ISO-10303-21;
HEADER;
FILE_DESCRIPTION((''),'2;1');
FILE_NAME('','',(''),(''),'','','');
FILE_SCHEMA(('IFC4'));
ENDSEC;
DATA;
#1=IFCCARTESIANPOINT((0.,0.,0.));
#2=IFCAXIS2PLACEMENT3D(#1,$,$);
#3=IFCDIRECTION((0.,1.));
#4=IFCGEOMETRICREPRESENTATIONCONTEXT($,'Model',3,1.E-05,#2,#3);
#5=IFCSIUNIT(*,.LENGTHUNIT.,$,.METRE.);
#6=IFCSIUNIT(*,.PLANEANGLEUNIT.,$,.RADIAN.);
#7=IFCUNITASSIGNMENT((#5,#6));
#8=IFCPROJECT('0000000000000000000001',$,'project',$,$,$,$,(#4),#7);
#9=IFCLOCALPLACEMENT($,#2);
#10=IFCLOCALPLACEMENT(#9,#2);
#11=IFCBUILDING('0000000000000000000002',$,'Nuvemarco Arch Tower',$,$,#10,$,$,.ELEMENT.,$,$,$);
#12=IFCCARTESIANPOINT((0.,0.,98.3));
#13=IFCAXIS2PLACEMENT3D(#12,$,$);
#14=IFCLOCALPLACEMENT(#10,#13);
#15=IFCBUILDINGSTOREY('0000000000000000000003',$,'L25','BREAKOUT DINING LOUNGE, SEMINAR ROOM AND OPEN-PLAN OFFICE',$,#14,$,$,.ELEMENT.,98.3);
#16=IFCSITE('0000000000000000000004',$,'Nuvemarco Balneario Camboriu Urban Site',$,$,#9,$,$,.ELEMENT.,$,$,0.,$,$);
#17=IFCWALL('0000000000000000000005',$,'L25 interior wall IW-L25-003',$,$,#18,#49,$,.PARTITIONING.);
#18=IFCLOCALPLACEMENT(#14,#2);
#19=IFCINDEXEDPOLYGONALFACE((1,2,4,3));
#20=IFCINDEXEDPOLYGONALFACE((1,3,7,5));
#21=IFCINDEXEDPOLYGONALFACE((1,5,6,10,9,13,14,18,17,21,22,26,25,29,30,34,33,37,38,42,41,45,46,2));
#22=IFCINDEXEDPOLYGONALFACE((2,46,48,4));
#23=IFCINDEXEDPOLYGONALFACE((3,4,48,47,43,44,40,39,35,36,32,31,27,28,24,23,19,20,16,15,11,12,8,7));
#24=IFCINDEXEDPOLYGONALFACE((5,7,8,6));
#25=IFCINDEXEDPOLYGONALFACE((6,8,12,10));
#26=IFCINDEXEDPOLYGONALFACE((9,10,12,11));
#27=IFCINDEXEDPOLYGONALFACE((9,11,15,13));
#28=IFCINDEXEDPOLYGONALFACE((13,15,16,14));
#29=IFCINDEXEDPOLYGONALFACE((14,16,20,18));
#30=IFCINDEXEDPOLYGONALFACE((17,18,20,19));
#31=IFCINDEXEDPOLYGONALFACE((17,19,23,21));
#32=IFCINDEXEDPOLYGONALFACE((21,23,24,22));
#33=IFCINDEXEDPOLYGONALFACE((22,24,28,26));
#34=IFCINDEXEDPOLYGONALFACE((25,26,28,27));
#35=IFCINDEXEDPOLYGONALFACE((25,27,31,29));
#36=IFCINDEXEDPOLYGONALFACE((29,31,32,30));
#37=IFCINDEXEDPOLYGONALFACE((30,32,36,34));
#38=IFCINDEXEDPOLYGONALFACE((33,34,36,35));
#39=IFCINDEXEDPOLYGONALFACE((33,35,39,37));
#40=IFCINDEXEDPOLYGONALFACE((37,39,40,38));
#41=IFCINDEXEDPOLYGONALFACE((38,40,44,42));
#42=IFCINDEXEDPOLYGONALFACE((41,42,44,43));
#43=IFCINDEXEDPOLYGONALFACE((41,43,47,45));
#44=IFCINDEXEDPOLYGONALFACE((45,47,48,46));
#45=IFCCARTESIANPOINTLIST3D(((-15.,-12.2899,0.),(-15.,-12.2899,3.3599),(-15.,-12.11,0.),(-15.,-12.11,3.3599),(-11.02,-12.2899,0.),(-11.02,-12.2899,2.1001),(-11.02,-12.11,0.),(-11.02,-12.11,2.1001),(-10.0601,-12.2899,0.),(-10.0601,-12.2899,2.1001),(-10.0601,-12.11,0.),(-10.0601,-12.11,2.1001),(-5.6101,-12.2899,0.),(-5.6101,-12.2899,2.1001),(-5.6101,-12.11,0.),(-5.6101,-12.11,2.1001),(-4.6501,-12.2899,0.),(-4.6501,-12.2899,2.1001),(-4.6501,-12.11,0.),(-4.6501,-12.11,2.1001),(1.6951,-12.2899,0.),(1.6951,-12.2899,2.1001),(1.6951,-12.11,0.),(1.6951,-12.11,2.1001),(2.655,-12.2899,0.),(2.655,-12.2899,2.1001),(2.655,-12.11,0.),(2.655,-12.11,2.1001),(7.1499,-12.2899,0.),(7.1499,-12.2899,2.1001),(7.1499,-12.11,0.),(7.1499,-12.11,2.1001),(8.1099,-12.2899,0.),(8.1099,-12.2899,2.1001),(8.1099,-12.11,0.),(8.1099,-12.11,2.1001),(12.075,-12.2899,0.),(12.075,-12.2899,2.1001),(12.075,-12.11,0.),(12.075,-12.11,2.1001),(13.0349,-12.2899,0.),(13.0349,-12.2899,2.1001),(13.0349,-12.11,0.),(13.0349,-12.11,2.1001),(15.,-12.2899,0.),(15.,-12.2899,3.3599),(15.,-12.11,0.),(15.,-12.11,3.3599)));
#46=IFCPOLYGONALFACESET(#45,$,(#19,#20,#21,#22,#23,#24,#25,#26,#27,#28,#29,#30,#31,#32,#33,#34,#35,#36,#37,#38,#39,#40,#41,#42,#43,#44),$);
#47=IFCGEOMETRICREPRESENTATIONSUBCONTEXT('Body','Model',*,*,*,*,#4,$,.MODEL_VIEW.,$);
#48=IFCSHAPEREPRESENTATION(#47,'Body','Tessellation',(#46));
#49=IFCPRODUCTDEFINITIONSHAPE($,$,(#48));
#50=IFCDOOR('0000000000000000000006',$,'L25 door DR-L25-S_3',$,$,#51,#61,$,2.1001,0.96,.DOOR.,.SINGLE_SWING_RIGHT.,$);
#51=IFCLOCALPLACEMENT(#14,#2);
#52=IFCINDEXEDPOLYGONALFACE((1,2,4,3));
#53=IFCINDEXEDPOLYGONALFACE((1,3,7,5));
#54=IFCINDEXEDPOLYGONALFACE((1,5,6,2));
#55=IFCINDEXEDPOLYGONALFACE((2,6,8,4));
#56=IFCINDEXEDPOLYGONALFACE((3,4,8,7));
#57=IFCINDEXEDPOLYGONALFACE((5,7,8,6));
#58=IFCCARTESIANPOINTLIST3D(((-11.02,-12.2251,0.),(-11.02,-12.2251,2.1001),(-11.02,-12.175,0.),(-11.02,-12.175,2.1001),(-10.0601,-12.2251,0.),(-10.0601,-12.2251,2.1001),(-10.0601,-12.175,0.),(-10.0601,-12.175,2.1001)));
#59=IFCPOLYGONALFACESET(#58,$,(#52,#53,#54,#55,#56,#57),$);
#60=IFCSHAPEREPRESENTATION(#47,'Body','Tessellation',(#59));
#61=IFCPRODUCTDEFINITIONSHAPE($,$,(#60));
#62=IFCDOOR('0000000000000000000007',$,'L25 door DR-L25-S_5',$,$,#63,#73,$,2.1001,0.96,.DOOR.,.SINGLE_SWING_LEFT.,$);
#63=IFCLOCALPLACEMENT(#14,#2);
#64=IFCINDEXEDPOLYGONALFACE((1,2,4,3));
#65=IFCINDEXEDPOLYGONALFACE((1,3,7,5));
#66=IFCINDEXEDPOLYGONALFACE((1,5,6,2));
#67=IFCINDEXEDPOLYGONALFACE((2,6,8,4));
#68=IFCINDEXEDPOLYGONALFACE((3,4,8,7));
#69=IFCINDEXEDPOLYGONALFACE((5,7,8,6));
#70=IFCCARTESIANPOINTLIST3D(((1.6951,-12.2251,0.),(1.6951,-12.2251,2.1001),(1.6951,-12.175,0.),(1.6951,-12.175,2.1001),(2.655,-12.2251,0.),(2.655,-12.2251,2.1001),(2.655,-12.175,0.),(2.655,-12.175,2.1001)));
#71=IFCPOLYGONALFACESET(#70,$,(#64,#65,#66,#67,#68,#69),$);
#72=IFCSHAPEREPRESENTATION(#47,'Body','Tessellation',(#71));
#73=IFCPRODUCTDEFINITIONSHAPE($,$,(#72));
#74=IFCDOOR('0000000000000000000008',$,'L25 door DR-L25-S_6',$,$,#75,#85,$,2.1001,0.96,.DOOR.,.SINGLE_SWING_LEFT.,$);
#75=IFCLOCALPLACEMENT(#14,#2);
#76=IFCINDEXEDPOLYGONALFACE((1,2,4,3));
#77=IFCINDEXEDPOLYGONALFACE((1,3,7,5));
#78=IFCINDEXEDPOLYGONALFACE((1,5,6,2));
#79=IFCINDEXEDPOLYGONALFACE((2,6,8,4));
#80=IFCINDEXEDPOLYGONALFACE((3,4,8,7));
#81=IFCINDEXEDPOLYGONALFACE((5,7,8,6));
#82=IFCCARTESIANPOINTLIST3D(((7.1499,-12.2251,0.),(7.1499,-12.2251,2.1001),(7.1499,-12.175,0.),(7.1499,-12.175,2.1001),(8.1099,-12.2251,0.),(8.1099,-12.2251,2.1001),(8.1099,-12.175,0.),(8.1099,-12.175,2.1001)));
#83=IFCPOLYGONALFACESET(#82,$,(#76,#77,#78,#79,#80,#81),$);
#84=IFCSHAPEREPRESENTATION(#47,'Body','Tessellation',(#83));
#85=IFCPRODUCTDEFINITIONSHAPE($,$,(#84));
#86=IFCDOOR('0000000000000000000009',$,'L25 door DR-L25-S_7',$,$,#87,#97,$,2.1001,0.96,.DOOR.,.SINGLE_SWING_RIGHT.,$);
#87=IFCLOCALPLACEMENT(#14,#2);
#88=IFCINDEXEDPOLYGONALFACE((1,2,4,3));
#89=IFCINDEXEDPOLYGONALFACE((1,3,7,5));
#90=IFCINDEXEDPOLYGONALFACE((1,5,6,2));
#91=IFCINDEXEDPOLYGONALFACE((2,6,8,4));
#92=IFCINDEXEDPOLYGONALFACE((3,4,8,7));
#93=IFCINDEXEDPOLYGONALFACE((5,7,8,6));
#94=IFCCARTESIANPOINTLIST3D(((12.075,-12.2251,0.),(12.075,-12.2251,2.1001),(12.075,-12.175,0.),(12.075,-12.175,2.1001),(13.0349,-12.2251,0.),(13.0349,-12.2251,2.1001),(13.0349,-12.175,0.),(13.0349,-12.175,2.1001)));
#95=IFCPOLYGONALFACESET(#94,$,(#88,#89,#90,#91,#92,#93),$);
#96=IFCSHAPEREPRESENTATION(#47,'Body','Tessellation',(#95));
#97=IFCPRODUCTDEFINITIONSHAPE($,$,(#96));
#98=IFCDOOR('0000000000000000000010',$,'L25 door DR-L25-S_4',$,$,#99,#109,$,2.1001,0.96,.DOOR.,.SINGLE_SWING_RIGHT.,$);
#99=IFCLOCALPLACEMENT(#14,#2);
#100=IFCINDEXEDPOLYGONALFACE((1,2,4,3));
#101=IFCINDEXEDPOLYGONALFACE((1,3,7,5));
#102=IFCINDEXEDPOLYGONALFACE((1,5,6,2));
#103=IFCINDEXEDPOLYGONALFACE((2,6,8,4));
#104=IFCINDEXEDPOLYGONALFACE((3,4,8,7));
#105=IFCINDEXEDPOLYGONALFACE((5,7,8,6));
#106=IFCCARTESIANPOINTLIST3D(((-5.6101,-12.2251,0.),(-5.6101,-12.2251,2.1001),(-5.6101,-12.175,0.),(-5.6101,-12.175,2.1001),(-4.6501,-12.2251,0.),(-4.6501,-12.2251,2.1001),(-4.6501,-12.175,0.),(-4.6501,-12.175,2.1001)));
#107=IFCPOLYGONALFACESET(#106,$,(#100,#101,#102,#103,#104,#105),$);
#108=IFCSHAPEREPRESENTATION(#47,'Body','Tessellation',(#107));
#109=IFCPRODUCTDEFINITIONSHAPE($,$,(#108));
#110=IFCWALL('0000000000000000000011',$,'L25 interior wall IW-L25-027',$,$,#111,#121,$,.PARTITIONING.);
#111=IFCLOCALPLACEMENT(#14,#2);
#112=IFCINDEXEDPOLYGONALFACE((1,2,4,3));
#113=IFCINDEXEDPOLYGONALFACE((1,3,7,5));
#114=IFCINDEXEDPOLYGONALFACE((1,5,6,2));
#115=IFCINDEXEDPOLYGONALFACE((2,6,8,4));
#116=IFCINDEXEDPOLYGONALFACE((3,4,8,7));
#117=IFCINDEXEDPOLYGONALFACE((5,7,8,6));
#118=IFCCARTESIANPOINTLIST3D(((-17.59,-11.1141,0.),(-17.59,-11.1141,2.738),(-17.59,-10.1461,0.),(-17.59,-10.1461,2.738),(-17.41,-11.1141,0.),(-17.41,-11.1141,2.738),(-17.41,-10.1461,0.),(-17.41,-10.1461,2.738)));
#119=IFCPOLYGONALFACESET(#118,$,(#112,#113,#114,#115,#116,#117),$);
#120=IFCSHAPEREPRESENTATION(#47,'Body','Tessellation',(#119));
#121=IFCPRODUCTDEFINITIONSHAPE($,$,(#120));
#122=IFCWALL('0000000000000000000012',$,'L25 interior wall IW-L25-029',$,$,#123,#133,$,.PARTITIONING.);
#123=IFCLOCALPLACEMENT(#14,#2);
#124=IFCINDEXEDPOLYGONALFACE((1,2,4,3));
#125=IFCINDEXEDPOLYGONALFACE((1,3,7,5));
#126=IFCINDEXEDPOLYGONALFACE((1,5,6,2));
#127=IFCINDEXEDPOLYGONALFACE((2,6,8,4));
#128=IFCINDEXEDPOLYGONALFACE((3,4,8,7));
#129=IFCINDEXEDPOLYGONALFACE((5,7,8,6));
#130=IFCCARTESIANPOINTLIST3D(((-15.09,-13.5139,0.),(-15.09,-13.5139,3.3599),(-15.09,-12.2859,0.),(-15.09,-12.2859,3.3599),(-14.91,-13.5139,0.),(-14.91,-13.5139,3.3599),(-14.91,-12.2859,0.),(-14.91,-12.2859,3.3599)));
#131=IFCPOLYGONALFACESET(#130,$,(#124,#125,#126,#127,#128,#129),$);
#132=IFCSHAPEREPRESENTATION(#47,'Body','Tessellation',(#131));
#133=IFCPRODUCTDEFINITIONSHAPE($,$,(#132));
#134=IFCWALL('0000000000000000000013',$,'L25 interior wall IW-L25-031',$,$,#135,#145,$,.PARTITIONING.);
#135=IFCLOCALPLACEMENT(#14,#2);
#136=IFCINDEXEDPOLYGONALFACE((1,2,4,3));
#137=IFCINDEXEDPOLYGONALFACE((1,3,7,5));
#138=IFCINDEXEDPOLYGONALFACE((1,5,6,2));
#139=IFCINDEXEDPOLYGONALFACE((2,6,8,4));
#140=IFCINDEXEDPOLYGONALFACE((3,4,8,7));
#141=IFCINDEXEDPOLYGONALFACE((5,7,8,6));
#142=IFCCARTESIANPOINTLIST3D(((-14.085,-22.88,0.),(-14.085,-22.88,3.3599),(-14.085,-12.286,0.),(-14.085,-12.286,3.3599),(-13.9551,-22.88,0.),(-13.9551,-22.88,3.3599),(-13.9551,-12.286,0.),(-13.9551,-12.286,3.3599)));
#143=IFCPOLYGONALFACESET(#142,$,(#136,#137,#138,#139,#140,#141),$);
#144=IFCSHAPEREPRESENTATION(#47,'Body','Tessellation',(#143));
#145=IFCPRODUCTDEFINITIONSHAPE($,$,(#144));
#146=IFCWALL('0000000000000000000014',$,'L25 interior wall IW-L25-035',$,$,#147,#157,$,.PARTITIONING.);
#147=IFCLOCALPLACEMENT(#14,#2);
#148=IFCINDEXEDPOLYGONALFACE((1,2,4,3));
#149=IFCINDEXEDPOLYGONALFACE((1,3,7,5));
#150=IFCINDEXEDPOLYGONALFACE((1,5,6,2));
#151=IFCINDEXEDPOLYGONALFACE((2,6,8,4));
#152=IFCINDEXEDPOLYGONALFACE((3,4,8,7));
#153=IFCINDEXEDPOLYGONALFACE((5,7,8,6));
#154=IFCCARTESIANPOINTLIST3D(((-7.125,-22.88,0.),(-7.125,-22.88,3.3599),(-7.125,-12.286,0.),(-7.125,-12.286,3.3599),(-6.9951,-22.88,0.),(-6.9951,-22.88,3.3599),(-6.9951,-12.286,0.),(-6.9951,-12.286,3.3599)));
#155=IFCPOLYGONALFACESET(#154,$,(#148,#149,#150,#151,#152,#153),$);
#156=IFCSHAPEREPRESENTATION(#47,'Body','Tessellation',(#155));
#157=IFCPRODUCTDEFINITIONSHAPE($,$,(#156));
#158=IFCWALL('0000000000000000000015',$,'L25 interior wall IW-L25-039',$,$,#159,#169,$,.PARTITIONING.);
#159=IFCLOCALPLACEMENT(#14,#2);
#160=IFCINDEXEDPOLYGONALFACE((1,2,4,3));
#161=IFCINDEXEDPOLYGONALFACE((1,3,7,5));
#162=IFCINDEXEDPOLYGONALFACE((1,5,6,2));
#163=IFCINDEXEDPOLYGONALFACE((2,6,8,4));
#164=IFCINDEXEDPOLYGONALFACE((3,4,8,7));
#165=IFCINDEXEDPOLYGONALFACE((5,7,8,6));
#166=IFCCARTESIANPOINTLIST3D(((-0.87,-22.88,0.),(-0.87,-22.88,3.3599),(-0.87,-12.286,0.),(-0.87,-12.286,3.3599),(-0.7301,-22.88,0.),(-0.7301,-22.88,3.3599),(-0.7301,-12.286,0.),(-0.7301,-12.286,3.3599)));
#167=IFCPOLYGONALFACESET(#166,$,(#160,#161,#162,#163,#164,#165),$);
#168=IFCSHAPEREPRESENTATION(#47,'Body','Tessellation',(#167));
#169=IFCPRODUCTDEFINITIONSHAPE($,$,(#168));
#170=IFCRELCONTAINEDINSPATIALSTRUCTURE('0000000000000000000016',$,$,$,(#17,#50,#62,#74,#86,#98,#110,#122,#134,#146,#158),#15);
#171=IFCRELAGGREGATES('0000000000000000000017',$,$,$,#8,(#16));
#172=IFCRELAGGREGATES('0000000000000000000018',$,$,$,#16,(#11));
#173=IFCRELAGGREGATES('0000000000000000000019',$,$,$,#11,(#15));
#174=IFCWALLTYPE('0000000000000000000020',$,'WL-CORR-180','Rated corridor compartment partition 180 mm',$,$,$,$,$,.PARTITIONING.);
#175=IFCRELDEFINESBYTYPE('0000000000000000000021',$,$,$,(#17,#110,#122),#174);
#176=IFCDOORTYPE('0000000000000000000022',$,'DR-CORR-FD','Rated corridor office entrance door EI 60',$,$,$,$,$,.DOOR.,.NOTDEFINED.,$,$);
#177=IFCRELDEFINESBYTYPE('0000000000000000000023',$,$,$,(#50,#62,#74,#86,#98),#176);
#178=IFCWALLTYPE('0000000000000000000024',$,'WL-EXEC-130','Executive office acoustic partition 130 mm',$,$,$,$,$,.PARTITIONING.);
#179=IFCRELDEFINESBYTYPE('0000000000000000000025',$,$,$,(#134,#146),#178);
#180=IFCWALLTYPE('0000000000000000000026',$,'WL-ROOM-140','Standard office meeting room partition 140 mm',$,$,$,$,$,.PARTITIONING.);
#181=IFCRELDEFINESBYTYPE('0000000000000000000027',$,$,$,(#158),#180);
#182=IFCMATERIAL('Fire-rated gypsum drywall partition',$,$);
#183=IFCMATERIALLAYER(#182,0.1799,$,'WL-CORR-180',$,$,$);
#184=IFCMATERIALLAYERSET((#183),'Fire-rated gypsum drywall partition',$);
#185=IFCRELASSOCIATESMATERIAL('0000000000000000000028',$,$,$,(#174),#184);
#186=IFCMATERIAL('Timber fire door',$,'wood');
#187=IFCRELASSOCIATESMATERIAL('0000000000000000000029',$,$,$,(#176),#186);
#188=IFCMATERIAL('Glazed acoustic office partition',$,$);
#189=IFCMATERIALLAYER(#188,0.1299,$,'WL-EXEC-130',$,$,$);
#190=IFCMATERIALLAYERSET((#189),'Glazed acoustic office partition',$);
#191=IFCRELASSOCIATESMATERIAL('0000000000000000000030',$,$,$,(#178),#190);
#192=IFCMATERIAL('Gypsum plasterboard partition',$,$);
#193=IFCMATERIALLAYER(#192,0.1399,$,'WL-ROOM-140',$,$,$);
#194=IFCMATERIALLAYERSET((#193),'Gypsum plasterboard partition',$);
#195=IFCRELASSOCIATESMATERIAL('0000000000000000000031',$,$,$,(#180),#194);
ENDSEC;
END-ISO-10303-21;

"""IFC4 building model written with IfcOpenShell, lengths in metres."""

from ifc_helpers import new_model, si_unit, direction, frame, frame_2d, origin, place, context, subcontext, project, spatial, rectangle, extrude, source, transform, mapped, material, layer, layer_set, type_object, type_shapes, element, fill, save


model = new_model("IFC4")

# Units and contexts
model_context = context("Model", 3, precision=1e-05, world=origin(), true_north=direction((0.0, 1.0)))
body_context = subcontext(model_context, "Body", "Model", "MODEL_VIEW")
ifc_project = project(units=[si_unit("LENGTHUNIT", "METRE"), si_unit("PLANEANGLEUNIT", "RADIAN")], contexts=[model_context])

# Site, building, storey
site_placement = place(None, origin())
site = spatial("IfcSite", under=ifc_project, at=site_placement, Name="Nuvemarco Balneario Camboriu Urban Site", CompositionType="ELEMENT", RefElevation=0.0)
building_placement = place(site_placement, origin())
building = spatial("IfcBuilding", under=site, at=building_placement, Name="Nuvemarco Arch Tower", CompositionType="ELEMENT")
storey_placement = place(building_placement, frame((0.0, 0.0, 98.3)))
storey = spatial("IfcBuildingStorey", under=building, at=storey_placement, Name="L25", Description="BREAKOUT DINING LOUNGE, SEMINAR ROOM AND OPEN-PLAN OFFICE", CompositionType="ELEMENT", Elevation=98.3)

# Wall, openings, doors
ifc_material_1 = material(Name="Fire-rated gypsum drywall partition")
ifc_layer_1 = layer(ifc_material_1, 0.1799, Name="WL-CORR-180")
ifc_layer_set_1 = layer_set([ifc_layer_1], Name="Fire-rated gypsum drywall partition")
wall_type_1 = type_object("IfcWallType", Name="WL-CORR-180", Description="Rated corridor compartment partition 180 mm", PredefinedType="PARTITIONING", material=ifc_layer_set_1)
wall_1_placement = place(storey_placement, frame((-15.0, -12.2, 0.0), z_axis=(0.0, 0.0, 1.0), x_axis=(1.0, 0.0, 0.0)))
wall_1 = element("IfcWall", 1, at=wall_1_placement, inside=storey, type_object=wall_type_1, Name="L25 interior wall IW-L25-003", PredefinedType="PARTITIONING", context=body_context, shape_type="SweptSolid", body=[
    extrude(rectangle(XDim=30.0, YDim=0.1799, at=frame_2d((15.0, 0.0))), origin(), (0.0, 0.0, 1.0), 3.3599),
])
opening_1_placement = place(wall_1_placement, frame((3.98, 0.0, 0.0)))
opening_1 = element("IfcOpeningElement", 2, at=opening_1_placement, cuts=wall_1, PredefinedType="OPENING", context=body_context, shape_type="SweptSolid", body=[
    extrude(rectangle(XDim=0.96, YDim=2.1001, at=frame_2d((0.48, 1.05))), frame((0.0, 0.0999, 0.0), z_axis=(0.0, -1.0, 0.0), x_axis=(1.0, 0.0, 0.0)), (0.0, 0.0, 1.0), 0.2),
])
opening_2_placement = place(wall_1_placement, frame((16.6951, 0.0, 0.0)))
opening_2 = element("IfcOpeningElement", 3, at=opening_2_placement, cuts=wall_1, PredefinedType="OPENING", context=body_context, shape_type="SweptSolid", body=[
    extrude(rectangle(XDim=0.96, YDim=2.1001, at=frame_2d((0.48, 1.05))), frame((0.0, 0.0999, 0.0), z_axis=(0.0, -1.0, 0.0), x_axis=(1.0, 0.0, 0.0)), (0.0, 0.0, 1.0), 0.2),
])
opening_3_placement = place(wall_1_placement, frame((22.1499, 0.0, 0.0)))
opening_3 = element("IfcOpeningElement", 4, at=opening_3_placement, cuts=wall_1, PredefinedType="OPENING", context=body_context, shape_type="SweptSolid", body=[
    extrude(rectangle(XDim=0.96, YDim=2.1001, at=frame_2d((0.48, 1.05))), frame((0.0, 0.0999, 0.0), z_axis=(0.0, -1.0, 0.0), x_axis=(1.0, 0.0, 0.0)), (0.0, 0.0, 1.0), 0.2),
])
opening_4_placement = place(wall_1_placement, frame((27.075, 0.0, 0.0)))
opening_4 = element("IfcOpeningElement", 5, at=opening_4_placement, cuts=wall_1, PredefinedType="OPENING", context=body_context, shape_type="SweptSolid", body=[
    extrude(rectangle(XDim=0.96, YDim=2.1001, at=frame_2d((0.48, 1.05))), frame((0.0, 0.0999, 0.0), z_axis=(0.0, -1.0, 0.0), x_axis=(1.0, 0.0, 0.0)), (0.0, 0.0, 1.0), 0.2),
])
opening_5_placement = place(wall_1_placement, frame((9.3899, 0.0, 0.0)))
opening_5 = element("IfcOpeningElement", 6, at=opening_5_placement, cuts=wall_1, PredefinedType="OPENING", context=body_context, shape_type="SweptSolid", body=[
    extrude(rectangle(XDim=0.96, YDim=2.1001, at=frame_2d((0.48, 1.05))), frame((0.0, 0.0999, 0.0), z_axis=(0.0, -1.0, 0.0), x_axis=(1.0, 0.0, 0.0)), (0.0, 0.0, 1.0), 0.2),
])
ifc_material_2 = material(Name="Timber fire door", Category="wood")
door_type = type_object("IfcDoorType", Name="DR-CORR-FD", Description="Rated corridor office entrance door EI 60", OperationType="NOTDEFINED", PredefinedType="DOOR", material=ifc_material_2)
shared_shape_1 = source(origin(), body_context, "Body", "SweptSolid", [
    extrude(rectangle(XDim=0.96, YDim=2.1001, at=frame_2d((0.48, 1.05))), frame((0.0, 0.0249, 0.0), z_axis=(0.0, -1.0, 0.0), x_axis=(1.0, 0.0, 0.0)), (0.0, 0.0, 1.0), 0.05),
])
type_shapes(door_type, [shared_shape_1])
door_1_placement = place(opening_1_placement, origin())
door_1 = element("IfcDoor", 7, at=door_1_placement, inside=storey, type_object=door_type, Name="L25 door DR-L25-S_3", OperationType="SINGLE_SWING_RIGHT", OverallHeight=2.1001, OverallWidth=0.96, PredefinedType="DOOR", context=body_context, shape_type="MappedRepresentation", body=[
    mapped(shared_shape_1, transform((0.0, 0.0, 0.0), scale=1.0)),
])
fill(opening_1, door_1)
door_2_placement = place(opening_2_placement, origin())
door_2 = element("IfcDoor", 8, at=door_2_placement, inside=storey, type_object=door_type, Name="L25 door DR-L25-S_5", OperationType="SINGLE_SWING_LEFT", OverallHeight=2.1001, OverallWidth=0.96, PredefinedType="DOOR", context=body_context, shape_type="MappedRepresentation", body=[
    mapped(shared_shape_1, transform((0.0, 0.0, 0.0), scale=1.0)),
])
fill(opening_2, door_2)
door_3_placement = place(opening_3_placement, origin())
door_3 = element("IfcDoor", 9, at=door_3_placement, inside=storey, type_object=door_type, Name="L25 door DR-L25-S_6", OperationType="SINGLE_SWING_LEFT", OverallHeight=2.1001, OverallWidth=0.96, PredefinedType="DOOR", context=body_context, shape_type="MappedRepresentation", body=[
    mapped(shared_shape_1, transform((0.0, 0.0, 0.0), scale=1.0)),
])
fill(opening_3, door_3)
door_4_placement = place(opening_4_placement, origin())
door_4 = element("IfcDoor", 10, at=door_4_placement, inside=storey, type_object=door_type, Name="L25 door DR-L25-S_7", OperationType="SINGLE_SWING_RIGHT", OverallHeight=2.1001, OverallWidth=0.96, PredefinedType="DOOR", context=body_context, shape_type="MappedRepresentation", body=[
    mapped(shared_shape_1, transform((0.0, 0.0, 0.0), scale=1.0)),
])
fill(opening_4, door_4)
door_5_placement = place(opening_5_placement, origin())
door_5 = element("IfcDoor", 11, at=door_5_placement, inside=storey, type_object=door_type, Name="L25 door DR-L25-S_4", OperationType="SINGLE_SWING_RIGHT", OverallHeight=2.1001, OverallWidth=0.96, PredefinedType="DOOR", context=body_context, shape_type="MappedRepresentation", body=[
    mapped(shared_shape_1, transform((0.0, 0.0, 0.0), scale=1.0)),
])
fill(opening_5, door_5)

# Walls
wall_2_placement = place(storey_placement, frame((-17.5, -11.114, 0.0), z_axis=(0.0, 0.0, 1.0), x_axis=(0.0, 1.0, 0.0)))
element("IfcWall", 12, at=wall_2_placement, inside=storey, type_object=wall_type_1, Name="L25 interior wall IW-L25-027", PredefinedType="PARTITIONING", context=body_context, shape_type="SweptSolid", body=[
    extrude(rectangle(XDim=0.968, YDim=0.1799, at=frame_2d((0.4839, 0.0))), origin(), (0.0, 0.0, 1.0), 2.738),
])
wall_3_placement = place(storey_placement, frame((-15.0, -13.5139, 0.0), z_axis=(0.0, 0.0, 1.0), x_axis=(0.0, 1.0, 0.0)))
element("IfcWall", 13, at=wall_3_placement, inside=storey, type_object=wall_type_1, Name="L25 interior wall IW-L25-029", PredefinedType="PARTITIONING", context=body_context, shape_type="SweptSolid", body=[
    extrude(rectangle(XDim=1.228, YDim=0.1799, at=frame_2d((0.614, 0.0))), origin(), (0.0, 0.0, 1.0), 3.3599),
])
ifc_material_3 = material(Name="Glazed acoustic office partition")
ifc_layer_2 = layer(ifc_material_3, 0.1299, Name="WL-EXEC-130")
ifc_layer_set_2 = layer_set([ifc_layer_2], Name="Glazed acoustic office partition")
wall_type_2 = type_object("IfcWallType", Name="WL-EXEC-130", Description="Executive office acoustic partition 130 mm", PredefinedType="PARTITIONING", material=ifc_layer_set_2)
for number, where, z_axis, x_axis, name in (
    (14, (-14.02, -22.8799, 0.0), (0.0, 0.0, 1.0), (0.0, 1.0, 0.0), "L25 interior wall IW-L25-031"),
    (15, (-7.0601, -22.8799, 0.0), (0.0, 0.0, 1.0), (0.0, 1.0, 0.0), "L25 interior wall IW-L25-035"),
):
    element("IfcWall", number, at=place(storey_placement, frame(where, z_axis=z_axis, x_axis=x_axis)), inside=storey, type_object=wall_type_2, Name=name, PredefinedType="PARTITIONING", context=body_context, shape_type="SweptSolid", body=[
        extrude(rectangle(XDim=10.594, YDim=0.1299, at=frame_2d((5.2969, 0.0))), origin(), (0.0, 0.0, 1.0), 3.3599),
    ])
ifc_material_4 = material(Name="Gypsum plasterboard partition")
ifc_layer_3 = layer(ifc_material_4, 0.1399, Name="WL-ROOM-140")
ifc_layer_set_3 = layer_set([ifc_layer_3], Name="Gypsum plasterboard partition")
wall_type_3 = type_object("IfcWallType", Name="WL-ROOM-140", Description="Standard office meeting room partition 140 mm", PredefinedType="PARTITIONING", material=ifc_layer_set_3)
wall_4_placement = place(storey_placement, frame((-0.8, -22.8799, 0.0), z_axis=(0.0, 0.0, 1.0), x_axis=(0.0, 1.0, 0.0)))
element("IfcWall", 16, at=wall_4_placement, inside=storey, type_object=wall_type_3, Name="L25 interior wall IW-L25-039", PredefinedType="PARTITIONING", context=body_context, shape_type="SweptSolid", body=[
    extrude(rectangle(XDim=10.594, YDim=0.1399, at=frame_2d((5.2969, 0.0))), origin(), (0.0, 0.0, 1.0), 3.3599),
])

save(model, "model.ifc")
